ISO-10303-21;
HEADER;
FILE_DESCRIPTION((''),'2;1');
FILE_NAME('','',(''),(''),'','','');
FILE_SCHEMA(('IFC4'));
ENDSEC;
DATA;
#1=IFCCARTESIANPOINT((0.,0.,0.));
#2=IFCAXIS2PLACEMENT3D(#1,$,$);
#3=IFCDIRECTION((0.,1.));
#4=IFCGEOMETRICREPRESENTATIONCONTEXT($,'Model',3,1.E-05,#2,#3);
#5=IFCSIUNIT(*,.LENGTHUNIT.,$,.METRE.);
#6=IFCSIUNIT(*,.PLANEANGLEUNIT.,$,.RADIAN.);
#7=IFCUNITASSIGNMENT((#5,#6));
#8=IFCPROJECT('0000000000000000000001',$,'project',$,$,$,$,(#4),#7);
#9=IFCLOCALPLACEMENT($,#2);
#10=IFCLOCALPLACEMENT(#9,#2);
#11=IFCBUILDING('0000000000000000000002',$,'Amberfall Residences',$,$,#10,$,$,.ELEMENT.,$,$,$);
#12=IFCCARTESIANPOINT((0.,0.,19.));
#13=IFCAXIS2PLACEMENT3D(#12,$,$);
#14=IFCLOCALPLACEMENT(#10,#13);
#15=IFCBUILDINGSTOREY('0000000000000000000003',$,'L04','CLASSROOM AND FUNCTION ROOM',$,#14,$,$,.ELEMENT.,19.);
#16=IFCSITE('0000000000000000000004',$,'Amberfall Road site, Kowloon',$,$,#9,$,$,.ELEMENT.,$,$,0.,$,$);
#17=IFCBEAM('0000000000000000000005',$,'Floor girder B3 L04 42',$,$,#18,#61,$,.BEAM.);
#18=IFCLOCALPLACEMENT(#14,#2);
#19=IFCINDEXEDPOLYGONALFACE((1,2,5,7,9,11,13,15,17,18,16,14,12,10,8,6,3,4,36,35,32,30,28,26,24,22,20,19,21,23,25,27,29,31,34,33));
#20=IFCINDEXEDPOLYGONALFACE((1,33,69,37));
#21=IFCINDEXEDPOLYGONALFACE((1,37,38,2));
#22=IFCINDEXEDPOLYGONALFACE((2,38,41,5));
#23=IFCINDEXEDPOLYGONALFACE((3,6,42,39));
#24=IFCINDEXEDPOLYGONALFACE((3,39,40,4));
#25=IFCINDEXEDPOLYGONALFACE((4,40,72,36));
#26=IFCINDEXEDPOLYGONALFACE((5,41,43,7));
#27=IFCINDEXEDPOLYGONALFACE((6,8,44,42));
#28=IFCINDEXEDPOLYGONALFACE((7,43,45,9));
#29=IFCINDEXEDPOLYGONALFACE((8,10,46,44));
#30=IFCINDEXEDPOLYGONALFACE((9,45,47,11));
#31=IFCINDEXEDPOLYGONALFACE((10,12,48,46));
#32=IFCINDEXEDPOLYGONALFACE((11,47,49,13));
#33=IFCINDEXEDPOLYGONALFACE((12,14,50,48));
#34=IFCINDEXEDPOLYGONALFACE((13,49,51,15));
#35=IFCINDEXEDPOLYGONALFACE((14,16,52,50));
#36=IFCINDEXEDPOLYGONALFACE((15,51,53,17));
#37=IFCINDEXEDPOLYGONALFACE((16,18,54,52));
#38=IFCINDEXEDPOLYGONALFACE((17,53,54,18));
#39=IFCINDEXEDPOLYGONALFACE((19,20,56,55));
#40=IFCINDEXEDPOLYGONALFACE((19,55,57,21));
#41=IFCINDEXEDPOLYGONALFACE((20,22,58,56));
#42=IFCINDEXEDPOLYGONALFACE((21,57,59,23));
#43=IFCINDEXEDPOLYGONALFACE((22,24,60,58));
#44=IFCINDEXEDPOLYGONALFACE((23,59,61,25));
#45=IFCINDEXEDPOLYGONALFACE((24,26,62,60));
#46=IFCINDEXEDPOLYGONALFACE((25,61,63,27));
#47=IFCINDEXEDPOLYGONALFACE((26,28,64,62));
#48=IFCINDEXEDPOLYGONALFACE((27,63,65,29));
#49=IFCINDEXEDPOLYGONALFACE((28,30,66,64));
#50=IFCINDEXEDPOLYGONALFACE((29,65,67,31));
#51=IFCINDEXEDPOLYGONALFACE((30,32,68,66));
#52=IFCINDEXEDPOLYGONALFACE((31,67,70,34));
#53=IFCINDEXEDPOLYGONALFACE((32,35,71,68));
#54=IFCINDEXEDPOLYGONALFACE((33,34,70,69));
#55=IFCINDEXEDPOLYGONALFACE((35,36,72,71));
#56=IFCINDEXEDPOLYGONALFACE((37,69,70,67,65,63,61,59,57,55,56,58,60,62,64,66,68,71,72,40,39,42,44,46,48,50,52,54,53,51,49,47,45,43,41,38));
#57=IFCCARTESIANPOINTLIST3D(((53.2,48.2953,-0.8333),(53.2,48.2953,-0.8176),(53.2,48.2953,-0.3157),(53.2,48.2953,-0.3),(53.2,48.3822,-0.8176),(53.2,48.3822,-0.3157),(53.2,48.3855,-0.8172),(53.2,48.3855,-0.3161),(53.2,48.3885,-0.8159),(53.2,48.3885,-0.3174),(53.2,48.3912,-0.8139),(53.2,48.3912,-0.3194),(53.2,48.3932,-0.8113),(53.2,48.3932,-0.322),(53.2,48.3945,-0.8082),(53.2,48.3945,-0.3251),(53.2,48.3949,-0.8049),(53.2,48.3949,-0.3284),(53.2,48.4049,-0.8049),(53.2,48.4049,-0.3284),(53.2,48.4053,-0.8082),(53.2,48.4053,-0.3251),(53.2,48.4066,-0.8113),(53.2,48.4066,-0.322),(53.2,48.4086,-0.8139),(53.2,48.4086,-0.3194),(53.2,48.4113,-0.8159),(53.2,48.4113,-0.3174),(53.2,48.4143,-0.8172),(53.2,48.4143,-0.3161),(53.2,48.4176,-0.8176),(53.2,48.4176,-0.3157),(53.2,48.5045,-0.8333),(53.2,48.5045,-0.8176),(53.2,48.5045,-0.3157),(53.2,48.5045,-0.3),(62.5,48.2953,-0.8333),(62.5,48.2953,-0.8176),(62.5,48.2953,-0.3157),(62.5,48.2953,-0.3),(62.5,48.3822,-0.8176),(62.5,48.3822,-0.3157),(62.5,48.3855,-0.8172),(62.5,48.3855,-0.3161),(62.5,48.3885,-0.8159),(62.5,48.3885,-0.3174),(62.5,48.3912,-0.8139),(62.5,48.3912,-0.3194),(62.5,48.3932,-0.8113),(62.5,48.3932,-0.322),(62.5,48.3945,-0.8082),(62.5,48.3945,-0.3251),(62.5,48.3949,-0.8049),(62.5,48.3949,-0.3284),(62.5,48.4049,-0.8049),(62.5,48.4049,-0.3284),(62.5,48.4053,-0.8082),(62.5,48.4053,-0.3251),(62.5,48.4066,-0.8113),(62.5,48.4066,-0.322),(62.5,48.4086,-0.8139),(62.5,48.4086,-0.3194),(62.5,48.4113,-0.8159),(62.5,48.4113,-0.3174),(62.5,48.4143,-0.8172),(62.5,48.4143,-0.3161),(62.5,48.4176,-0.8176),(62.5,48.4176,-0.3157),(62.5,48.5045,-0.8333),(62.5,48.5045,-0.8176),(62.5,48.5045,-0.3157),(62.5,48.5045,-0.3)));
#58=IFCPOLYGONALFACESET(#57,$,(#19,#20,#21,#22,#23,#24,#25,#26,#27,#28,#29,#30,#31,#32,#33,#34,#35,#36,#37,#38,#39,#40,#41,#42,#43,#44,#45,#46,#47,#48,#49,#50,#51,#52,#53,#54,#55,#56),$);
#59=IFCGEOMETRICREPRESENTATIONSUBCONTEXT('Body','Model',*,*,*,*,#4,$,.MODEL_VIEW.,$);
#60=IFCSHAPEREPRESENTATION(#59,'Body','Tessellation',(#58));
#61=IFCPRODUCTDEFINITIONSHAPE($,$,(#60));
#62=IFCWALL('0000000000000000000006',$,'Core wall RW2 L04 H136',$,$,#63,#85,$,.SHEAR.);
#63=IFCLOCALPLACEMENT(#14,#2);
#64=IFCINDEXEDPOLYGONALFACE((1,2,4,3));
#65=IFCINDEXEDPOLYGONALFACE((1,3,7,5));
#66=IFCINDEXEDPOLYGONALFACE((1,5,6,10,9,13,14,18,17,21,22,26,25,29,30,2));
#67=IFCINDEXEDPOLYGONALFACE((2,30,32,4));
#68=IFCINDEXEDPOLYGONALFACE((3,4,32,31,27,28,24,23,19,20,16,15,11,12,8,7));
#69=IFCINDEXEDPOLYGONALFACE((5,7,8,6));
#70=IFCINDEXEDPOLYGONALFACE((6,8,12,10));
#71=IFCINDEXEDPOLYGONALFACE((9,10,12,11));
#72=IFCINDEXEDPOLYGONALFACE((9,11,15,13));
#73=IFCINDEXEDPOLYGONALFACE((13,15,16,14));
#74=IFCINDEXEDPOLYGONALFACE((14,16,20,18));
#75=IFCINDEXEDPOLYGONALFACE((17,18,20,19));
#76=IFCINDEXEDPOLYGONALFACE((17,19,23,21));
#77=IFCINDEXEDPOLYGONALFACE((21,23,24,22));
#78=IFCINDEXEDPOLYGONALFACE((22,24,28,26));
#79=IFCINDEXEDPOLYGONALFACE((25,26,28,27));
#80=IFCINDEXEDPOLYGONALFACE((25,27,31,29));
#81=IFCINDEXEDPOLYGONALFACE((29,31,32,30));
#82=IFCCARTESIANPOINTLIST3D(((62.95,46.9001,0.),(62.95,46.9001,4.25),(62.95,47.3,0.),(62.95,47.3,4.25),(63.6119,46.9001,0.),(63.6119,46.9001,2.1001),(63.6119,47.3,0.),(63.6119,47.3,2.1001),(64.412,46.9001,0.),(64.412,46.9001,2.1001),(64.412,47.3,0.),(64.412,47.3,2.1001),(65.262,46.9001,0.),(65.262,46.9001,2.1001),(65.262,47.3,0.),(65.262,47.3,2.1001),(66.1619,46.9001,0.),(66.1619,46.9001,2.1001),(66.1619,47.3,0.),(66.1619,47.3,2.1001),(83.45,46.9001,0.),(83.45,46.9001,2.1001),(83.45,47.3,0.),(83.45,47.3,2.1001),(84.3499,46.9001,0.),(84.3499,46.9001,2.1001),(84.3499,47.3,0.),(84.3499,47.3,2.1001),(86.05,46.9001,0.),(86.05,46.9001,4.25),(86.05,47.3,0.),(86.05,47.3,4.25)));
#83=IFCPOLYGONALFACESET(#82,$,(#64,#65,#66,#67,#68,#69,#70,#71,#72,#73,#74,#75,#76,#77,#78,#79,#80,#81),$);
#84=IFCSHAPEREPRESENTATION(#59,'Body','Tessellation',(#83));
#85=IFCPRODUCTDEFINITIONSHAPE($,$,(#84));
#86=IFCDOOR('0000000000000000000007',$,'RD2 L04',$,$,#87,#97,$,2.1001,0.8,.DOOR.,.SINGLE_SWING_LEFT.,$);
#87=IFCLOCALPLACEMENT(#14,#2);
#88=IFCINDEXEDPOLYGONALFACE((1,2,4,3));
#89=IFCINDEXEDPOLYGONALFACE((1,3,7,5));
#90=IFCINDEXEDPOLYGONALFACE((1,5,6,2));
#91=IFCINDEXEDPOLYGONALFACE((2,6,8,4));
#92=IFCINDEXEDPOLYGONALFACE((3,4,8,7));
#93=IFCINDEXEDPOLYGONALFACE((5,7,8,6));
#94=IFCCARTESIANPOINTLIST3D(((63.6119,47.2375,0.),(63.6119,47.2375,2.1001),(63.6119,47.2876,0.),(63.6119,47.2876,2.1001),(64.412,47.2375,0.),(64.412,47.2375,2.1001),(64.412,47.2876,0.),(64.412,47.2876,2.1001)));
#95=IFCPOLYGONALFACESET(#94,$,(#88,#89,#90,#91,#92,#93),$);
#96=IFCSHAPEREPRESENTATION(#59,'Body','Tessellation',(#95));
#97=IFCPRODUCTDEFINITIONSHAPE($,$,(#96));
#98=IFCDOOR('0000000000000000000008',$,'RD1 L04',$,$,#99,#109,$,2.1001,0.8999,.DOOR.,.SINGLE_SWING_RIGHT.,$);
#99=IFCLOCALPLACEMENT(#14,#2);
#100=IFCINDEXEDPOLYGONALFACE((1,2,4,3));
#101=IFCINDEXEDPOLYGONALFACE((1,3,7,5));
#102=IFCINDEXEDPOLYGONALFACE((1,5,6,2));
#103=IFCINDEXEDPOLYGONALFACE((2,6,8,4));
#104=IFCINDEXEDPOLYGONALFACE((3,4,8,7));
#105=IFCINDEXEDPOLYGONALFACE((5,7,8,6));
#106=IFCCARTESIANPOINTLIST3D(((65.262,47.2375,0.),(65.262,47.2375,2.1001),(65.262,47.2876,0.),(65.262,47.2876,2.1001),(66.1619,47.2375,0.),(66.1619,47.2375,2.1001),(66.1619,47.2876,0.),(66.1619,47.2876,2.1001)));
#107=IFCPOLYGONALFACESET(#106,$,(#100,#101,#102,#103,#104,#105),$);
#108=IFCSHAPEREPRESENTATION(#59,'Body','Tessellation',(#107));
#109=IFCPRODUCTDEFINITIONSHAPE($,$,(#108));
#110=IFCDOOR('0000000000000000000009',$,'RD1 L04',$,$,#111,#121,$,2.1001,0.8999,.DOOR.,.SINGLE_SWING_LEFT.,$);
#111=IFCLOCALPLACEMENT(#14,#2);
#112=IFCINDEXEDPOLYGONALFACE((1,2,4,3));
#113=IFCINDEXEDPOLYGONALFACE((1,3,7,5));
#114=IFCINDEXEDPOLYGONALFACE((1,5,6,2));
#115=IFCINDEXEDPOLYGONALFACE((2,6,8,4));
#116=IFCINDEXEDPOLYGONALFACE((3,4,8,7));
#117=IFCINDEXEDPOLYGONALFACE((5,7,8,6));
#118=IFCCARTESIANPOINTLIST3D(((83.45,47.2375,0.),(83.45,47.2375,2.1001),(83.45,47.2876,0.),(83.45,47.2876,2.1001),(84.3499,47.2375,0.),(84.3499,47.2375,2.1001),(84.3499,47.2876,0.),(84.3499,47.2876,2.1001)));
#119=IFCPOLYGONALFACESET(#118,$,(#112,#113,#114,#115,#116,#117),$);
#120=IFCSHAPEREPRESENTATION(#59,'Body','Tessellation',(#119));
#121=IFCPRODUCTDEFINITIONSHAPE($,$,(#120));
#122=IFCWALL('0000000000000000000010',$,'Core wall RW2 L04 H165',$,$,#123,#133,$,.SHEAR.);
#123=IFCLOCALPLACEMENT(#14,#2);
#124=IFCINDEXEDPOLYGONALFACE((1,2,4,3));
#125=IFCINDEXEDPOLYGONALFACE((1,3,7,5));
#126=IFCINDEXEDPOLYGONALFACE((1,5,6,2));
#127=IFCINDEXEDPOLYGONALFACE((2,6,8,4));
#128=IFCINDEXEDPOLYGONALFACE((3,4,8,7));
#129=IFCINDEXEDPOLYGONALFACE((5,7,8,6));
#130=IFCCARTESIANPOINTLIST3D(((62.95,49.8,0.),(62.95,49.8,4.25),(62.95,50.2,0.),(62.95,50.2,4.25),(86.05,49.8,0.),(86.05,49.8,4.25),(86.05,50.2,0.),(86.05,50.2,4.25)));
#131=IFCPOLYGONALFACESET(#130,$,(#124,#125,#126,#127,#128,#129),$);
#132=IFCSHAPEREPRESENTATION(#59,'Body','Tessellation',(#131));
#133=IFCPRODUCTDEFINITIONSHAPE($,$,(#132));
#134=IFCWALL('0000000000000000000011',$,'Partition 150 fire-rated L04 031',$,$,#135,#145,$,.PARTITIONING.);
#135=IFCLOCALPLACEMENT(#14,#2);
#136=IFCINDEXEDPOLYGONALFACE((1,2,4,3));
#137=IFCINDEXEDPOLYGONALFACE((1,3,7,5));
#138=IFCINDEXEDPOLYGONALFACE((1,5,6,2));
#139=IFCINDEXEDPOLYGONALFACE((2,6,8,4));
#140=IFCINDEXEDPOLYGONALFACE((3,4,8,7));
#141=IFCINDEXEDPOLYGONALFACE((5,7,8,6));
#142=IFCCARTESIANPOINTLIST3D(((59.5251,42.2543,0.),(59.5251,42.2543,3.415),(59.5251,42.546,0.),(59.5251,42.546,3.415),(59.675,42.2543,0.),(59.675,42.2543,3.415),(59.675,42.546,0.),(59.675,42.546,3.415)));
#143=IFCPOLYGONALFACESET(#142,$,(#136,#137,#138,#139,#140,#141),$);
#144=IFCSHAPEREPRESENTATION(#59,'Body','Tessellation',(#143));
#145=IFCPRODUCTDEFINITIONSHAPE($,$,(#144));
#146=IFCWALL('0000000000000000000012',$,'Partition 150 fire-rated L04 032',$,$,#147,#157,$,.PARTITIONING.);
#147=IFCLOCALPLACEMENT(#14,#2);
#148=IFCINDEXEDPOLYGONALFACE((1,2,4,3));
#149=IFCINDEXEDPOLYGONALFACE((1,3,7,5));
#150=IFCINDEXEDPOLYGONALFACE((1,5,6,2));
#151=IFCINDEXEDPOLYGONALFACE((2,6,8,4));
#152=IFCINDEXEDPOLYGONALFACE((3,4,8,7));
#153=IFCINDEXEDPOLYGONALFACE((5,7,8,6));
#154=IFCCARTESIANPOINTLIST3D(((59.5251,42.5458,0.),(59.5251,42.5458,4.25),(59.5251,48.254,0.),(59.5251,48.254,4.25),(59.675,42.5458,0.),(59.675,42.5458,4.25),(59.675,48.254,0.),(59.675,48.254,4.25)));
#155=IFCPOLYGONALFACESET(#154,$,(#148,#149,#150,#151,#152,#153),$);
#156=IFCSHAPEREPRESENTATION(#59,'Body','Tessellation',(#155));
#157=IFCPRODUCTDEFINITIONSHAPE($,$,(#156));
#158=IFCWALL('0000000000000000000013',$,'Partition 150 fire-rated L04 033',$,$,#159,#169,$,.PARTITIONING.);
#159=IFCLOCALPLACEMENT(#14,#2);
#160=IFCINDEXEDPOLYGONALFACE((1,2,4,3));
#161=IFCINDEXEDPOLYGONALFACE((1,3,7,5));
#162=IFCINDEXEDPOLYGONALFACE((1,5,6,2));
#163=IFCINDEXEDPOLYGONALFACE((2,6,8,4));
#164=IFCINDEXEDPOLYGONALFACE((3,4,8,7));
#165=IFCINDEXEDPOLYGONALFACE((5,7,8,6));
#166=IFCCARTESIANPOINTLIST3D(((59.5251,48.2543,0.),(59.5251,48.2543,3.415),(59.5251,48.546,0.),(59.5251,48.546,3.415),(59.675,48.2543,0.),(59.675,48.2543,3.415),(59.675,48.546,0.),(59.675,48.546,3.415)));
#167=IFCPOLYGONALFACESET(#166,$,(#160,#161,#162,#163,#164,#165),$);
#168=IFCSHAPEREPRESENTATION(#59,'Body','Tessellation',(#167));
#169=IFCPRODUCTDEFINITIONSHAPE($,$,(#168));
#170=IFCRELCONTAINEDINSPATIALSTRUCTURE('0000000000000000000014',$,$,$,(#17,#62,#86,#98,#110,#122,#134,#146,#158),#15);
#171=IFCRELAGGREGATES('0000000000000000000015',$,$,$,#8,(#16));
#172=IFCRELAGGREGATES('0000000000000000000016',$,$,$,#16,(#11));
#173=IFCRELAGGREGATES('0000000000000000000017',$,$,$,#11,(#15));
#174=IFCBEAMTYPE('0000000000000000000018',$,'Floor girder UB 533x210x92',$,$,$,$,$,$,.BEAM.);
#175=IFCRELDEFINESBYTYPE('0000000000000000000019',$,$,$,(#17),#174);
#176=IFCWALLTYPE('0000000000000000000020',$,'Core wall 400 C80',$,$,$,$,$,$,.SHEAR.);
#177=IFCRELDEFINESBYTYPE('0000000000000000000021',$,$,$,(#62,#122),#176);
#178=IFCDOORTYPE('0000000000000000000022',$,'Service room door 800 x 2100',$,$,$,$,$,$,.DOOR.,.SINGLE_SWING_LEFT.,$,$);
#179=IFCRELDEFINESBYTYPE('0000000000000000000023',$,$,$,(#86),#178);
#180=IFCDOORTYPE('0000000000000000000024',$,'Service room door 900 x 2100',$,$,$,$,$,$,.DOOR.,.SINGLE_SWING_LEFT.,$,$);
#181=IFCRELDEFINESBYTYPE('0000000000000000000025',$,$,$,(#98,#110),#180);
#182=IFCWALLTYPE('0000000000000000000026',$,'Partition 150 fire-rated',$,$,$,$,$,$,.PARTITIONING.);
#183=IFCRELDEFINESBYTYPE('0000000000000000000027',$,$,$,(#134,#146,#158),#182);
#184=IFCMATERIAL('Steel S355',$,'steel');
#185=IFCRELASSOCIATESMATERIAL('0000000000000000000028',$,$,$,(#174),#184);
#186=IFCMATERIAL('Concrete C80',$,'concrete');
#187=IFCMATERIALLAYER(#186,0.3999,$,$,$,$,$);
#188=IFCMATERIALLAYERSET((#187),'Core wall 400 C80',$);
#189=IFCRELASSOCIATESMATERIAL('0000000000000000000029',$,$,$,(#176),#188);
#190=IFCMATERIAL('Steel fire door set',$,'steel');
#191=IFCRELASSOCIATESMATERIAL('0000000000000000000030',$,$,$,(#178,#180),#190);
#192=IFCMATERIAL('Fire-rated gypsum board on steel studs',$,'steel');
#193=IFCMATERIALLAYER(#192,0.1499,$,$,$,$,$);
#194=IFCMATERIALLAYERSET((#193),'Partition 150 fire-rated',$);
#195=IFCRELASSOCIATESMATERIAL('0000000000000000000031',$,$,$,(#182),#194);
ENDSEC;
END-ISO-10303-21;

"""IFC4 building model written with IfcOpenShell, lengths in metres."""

from ifc_helpers import new_model, si_unit, direction, frame, frame_2d, origin, origin_2d, place, context, subcontext, project, spatial, rectangle, i_section, extrude, material, layer, layer_set, material_profile, profile_set, type_object, element, fill, save


model = new_model("IFC4")

# Units and contexts
model_context = context("Model", 3, precision=1e-05, world=origin(), true_north=direction((0.0, 1.0)))
body_context = subcontext(model_context, "Body", "Model", "MODEL_VIEW")
ifc_project = project(units=[si_unit("LENGTHUNIT", "METRE"), si_unit("PLANEANGLEUNIT", "RADIAN")], contexts=[model_context])

# Site, building, storey
site_placement = place(None, origin())
site = spatial("IfcSite", under=ifc_project, at=site_placement, Name="Amberfall Road site, Kowloon", CompositionType="ELEMENT", RefElevation=0.0)
building_placement = place(site_placement, origin())
building = spatial("IfcBuilding", under=site, at=building_placement, Name="Amberfall Residences", CompositionType="ELEMENT")
storey_placement = place(building_placement, frame((0.0, 0.0, 19.0)))
storey = spatial("IfcBuildingStorey", under=building, at=storey_placement, Name="L04", Description="CLASSROOM AND FUNCTION ROOM", CompositionType="ELEMENT", Elevation=19.0)

# Beam
ifc_material_1 = material(Name="Steel S355", Category="steel")
ifc_material_profile = material_profile(ifc_material_1, i_section(OverallWidth=0.2092, OverallDepth=0.5332, WebThickness=0.01, FlangeThickness=0.0156, FilletRadius=0.0127, at=origin_2d()), Name="UB 533x210x92")
ifc_profile_set = profile_set([ifc_material_profile], Name="Steel S355")
beam_type = type_object("IfcBeamType", Name="Floor girder UB 533x210x92", PredefinedType="BEAM", material=ifc_profile_set)
beam_placement = place(storey_placement, frame((53.2, 48.3999, -0.5667), z_axis=(1.0, 0.0, 0.0), x_axis=(0.0, 1.0, 0.0)))
element("IfcBeam", 1, at=beam_placement, inside=storey, type_object=beam_type, Name="Floor girder B3 L04 42", PredefinedType="BEAM", context=body_context, shape_type="SweptSolid", body=[
    extrude(i_section(OverallWidth=0.2092, OverallDepth=0.5332, WebThickness=0.01, FlangeThickness=0.0156, FilletRadius=0.0127, at=origin_2d()), origin(), (0.0, 0.0, 1.0), 9.3),
])

# Wall, openings, doors
ifc_material_2 = material(Name="Concrete C80", Category="concrete")
ifc_layer_1 = layer(ifc_material_2, 0.3999)
ifc_layer_set_1 = layer_set([ifc_layer_1], Name="Core wall 400 C80")
wall_type_1 = type_object("IfcWallType", Name="Core wall 400 C80", PredefinedType="SHEAR", material=ifc_layer_set_1)
ifc_material_3 = material(Name="Steel fire door set", Category="steel")
door_type_1 = type_object("IfcDoorType", Name="Service room door 800 x 2100", OperationType="SINGLE_SWING_LEFT", PredefinedType="DOOR", material=ifc_material_3)
door_type_2 = type_object("IfcDoorType", Name="Service room door 900 x 2100", OperationType="SINGLE_SWING_LEFT", PredefinedType="DOOR", material=ifc_material_3)
wall_1_placement = place(storey_placement, frame((62.95, 47.1001, 0.0), z_axis=(0.0, 0.0, 1.0), x_axis=(1.0, 0.0, 0.0)))
wall_1 = element("IfcWall", 2, at=wall_1_placement, inside=storey, type_object=wall_type_1, Name="Core wall RW2 L04 H136", PredefinedType="SHEAR", context=body_context, shape_type="SweptSolid", body=[
    extrude(rectangle(XDim=23.1001, YDim=0.3999, at=frame_2d((11.55, 0.0))), origin(), (0.0, 0.0, 1.0), 4.25),
])
opening_1_placement = place(wall_1_placement, frame((0.6621, 0.0, 0.0)))
opening_1 = element("IfcOpeningElement", 3, at=opening_1_placement, cuts=wall_1, PredefinedType="OPENING", context=body_context, shape_type="SweptSolid", body=[
    extrude(rectangle(XDim=0.8, YDim=2.1001, at=frame_2d((0.3999, 1.05))), frame((0.0, 0.21, 0.0), z_axis=(0.0, -1.0, 0.0), x_axis=(1.0, 0.0, 0.0)), (0.0, 0.0, 1.0), 0.4199),
])
opening_2_placement = place(wall_1_placement, frame((2.312, 0.0, 0.0)))
opening_2 = element("IfcOpeningElement", 4, at=opening_2_placement, cuts=wall_1, PredefinedType="OPENING", context=body_context, shape_type="SweptSolid", body=[
    extrude(rectangle(XDim=0.8999, YDim=2.1001, at=frame_2d((0.45, 1.05))), frame((0.0, 0.21, 0.0), z_axis=(0.0, -1.0, 0.0), x_axis=(1.0, 0.0, 0.0)), (0.0, 0.0, 1.0), 0.4199),
])
opening_3_placement = place(wall_1_placement, frame((20.5, 0.0, 0.0)))
opening_3 = element("IfcOpeningElement", 5, at=opening_3_placement, cuts=wall_1, PredefinedType="OPENING", context=body_context, shape_type="SweptSolid", body=[
    extrude(rectangle(XDim=0.8999, YDim=2.1001, at=frame_2d((0.45, 1.05))), frame((0.0, 0.21, 0.0), z_axis=(0.0, -1.0, 0.0), x_axis=(1.0, 0.0, 0.0)), (0.0, 0.0, 1.0), 0.4199),
])
door_1_placement = place(opening_1_placement, origin())
door_1 = element("IfcDoor", 6, at=door_1_placement, inside=storey, type_object=door_type_1, Name="RD2 L04", OperationType="SINGLE_SWING_LEFT", OverallHeight=2.1001, OverallWidth=0.8, PredefinedType="DOOR", context=body_context, shape_type="SweptSolid", body=[
    extrude(rectangle(XDim=0.8, YDim=2.1001, at=frame_2d((0.3999, 1.05))), frame((0.0, 0.1875, 0.0), z_axis=(0.0, -1.0, 0.0), x_axis=(1.0, 0.0, 0.0)), (0.0, 0.0, 1.0), 0.05),
])
fill(opening_1, door_1)
door_2_placement = place(opening_2_placement, origin())
door_2 = element("IfcDoor", 7, at=door_2_placement, inside=storey, type_object=door_type_2, Name="RD1 L04", OperationType="SINGLE_SWING_RIGHT", OverallHeight=2.1001, OverallWidth=0.8999, PredefinedType="DOOR", context=body_context, shape_type="SweptSolid", body=[
    extrude(rectangle(XDim=0.8999, YDim=2.1001, at=frame_2d((0.45, 1.05))), frame((0.0, 0.1875, 0.0), z_axis=(0.0, -1.0, 0.0), x_axis=(1.0, 0.0, 0.0)), (0.0, 0.0, 1.0), 0.05),
])
fill(opening_2, door_2)
door_3_placement = place(opening_3_placement, origin())
door_3 = element("IfcDoor", 8, at=door_3_placement, inside=storey, type_object=door_type_2, Name="RD1 L04", OperationType="SINGLE_SWING_LEFT", OverallHeight=2.1001, OverallWidth=0.8999, PredefinedType="DOOR", context=body_context, shape_type="SweptSolid", body=[
    extrude(rectangle(XDim=0.8999, YDim=2.1001, at=frame_2d((0.45, 1.05))), frame((0.0, 0.1875, 0.0), z_axis=(0.0, -1.0, 0.0), x_axis=(1.0, 0.0, 0.0)), (0.0, 0.0, 1.0), 0.05),
])
fill(opening_3, door_3)

# Walls
wall_2_placement = place(storey_placement, frame((62.95, 50.0, 0.0), z_axis=(0.0, 0.0, 1.0), x_axis=(1.0, 0.0, 0.0)))
element("IfcWall", 9, at=wall_2_placement, inside=storey, type_object=wall_type_1, Name="Core wall RW2 L04 H165", PredefinedType="SHEAR", context=body_context, shape_type="SweptSolid", body=[
    extrude(rectangle(XDim=23.1001, YDim=0.3999, at=frame_2d((11.55, 0.0))), origin(), (0.0, 0.0, 1.0), 4.25),
])
ifc_material_4 = material(Name="Fire-rated gypsum board on steel studs", Category="steel")
ifc_layer_2 = layer(ifc_material_4, 0.1499)
ifc_layer_set_2 = layer_set([ifc_layer_2], Name="Partition 150 fire-rated")
wall_type_2 = type_object("IfcWallType", Name="Partition 150 fire-rated", PredefinedType="PARTITIONING", material=ifc_layer_set_2)
wall_3_placement = place(storey_placement, frame((59.6001, 42.2542, 0.0), z_axis=(0.0, 0.0, 1.0), x_axis=(0.0, 1.0, 0.0)))
element("IfcWall", 10, at=wall_3_placement, inside=storey, type_object=wall_type_2, Name="Partition 150 fire-rated L04 031", PredefinedType="PARTITIONING", context=body_context, shape_type="SweptSolid", body=[
    extrude(rectangle(XDim=0.2917, YDim=0.1499, at=frame_2d((0.146, 0.0))), origin(), (0.0, 0.0, 1.0), 3.415),
])
wall_4_placement = place(storey_placement, frame((59.6001, 42.5459, 0.0), z_axis=(0.0, 0.0, 1.0), x_axis=(0.0, 1.0, 0.0)))
element("IfcWall", 11, at=wall_4_placement, inside=storey, type_object=wall_type_2, Name="Partition 150 fire-rated L04 032", PredefinedType="PARTITIONING", context=body_context, shape_type="SweptSolid", body=[
    extrude(rectangle(XDim=5.7083, YDim=0.1499, at=frame_2d((2.854, 0.0))), origin(), (0.0, 0.0, 1.0), 4.25),
])
wall_5_placement = place(storey_placement, frame((59.6001, 48.2542, 0.0), z_axis=(0.0, 0.0, 1.0), x_axis=(0.0, 1.0, 0.0)))
element("IfcWall", 12, at=wall_5_placement, inside=storey, type_object=wall_type_2, Name="Partition 150 fire-rated L04 033", PredefinedType="PARTITIONING", context=body_context, shape_type="SweptSolid", body=[
    extrude(rectangle(XDim=0.2917, YDim=0.1499, at=frame_2d((0.146, 0.0))), origin(), (0.0, 0.0, 1.0), 3.415),
])

save(model, "model.ifc")
